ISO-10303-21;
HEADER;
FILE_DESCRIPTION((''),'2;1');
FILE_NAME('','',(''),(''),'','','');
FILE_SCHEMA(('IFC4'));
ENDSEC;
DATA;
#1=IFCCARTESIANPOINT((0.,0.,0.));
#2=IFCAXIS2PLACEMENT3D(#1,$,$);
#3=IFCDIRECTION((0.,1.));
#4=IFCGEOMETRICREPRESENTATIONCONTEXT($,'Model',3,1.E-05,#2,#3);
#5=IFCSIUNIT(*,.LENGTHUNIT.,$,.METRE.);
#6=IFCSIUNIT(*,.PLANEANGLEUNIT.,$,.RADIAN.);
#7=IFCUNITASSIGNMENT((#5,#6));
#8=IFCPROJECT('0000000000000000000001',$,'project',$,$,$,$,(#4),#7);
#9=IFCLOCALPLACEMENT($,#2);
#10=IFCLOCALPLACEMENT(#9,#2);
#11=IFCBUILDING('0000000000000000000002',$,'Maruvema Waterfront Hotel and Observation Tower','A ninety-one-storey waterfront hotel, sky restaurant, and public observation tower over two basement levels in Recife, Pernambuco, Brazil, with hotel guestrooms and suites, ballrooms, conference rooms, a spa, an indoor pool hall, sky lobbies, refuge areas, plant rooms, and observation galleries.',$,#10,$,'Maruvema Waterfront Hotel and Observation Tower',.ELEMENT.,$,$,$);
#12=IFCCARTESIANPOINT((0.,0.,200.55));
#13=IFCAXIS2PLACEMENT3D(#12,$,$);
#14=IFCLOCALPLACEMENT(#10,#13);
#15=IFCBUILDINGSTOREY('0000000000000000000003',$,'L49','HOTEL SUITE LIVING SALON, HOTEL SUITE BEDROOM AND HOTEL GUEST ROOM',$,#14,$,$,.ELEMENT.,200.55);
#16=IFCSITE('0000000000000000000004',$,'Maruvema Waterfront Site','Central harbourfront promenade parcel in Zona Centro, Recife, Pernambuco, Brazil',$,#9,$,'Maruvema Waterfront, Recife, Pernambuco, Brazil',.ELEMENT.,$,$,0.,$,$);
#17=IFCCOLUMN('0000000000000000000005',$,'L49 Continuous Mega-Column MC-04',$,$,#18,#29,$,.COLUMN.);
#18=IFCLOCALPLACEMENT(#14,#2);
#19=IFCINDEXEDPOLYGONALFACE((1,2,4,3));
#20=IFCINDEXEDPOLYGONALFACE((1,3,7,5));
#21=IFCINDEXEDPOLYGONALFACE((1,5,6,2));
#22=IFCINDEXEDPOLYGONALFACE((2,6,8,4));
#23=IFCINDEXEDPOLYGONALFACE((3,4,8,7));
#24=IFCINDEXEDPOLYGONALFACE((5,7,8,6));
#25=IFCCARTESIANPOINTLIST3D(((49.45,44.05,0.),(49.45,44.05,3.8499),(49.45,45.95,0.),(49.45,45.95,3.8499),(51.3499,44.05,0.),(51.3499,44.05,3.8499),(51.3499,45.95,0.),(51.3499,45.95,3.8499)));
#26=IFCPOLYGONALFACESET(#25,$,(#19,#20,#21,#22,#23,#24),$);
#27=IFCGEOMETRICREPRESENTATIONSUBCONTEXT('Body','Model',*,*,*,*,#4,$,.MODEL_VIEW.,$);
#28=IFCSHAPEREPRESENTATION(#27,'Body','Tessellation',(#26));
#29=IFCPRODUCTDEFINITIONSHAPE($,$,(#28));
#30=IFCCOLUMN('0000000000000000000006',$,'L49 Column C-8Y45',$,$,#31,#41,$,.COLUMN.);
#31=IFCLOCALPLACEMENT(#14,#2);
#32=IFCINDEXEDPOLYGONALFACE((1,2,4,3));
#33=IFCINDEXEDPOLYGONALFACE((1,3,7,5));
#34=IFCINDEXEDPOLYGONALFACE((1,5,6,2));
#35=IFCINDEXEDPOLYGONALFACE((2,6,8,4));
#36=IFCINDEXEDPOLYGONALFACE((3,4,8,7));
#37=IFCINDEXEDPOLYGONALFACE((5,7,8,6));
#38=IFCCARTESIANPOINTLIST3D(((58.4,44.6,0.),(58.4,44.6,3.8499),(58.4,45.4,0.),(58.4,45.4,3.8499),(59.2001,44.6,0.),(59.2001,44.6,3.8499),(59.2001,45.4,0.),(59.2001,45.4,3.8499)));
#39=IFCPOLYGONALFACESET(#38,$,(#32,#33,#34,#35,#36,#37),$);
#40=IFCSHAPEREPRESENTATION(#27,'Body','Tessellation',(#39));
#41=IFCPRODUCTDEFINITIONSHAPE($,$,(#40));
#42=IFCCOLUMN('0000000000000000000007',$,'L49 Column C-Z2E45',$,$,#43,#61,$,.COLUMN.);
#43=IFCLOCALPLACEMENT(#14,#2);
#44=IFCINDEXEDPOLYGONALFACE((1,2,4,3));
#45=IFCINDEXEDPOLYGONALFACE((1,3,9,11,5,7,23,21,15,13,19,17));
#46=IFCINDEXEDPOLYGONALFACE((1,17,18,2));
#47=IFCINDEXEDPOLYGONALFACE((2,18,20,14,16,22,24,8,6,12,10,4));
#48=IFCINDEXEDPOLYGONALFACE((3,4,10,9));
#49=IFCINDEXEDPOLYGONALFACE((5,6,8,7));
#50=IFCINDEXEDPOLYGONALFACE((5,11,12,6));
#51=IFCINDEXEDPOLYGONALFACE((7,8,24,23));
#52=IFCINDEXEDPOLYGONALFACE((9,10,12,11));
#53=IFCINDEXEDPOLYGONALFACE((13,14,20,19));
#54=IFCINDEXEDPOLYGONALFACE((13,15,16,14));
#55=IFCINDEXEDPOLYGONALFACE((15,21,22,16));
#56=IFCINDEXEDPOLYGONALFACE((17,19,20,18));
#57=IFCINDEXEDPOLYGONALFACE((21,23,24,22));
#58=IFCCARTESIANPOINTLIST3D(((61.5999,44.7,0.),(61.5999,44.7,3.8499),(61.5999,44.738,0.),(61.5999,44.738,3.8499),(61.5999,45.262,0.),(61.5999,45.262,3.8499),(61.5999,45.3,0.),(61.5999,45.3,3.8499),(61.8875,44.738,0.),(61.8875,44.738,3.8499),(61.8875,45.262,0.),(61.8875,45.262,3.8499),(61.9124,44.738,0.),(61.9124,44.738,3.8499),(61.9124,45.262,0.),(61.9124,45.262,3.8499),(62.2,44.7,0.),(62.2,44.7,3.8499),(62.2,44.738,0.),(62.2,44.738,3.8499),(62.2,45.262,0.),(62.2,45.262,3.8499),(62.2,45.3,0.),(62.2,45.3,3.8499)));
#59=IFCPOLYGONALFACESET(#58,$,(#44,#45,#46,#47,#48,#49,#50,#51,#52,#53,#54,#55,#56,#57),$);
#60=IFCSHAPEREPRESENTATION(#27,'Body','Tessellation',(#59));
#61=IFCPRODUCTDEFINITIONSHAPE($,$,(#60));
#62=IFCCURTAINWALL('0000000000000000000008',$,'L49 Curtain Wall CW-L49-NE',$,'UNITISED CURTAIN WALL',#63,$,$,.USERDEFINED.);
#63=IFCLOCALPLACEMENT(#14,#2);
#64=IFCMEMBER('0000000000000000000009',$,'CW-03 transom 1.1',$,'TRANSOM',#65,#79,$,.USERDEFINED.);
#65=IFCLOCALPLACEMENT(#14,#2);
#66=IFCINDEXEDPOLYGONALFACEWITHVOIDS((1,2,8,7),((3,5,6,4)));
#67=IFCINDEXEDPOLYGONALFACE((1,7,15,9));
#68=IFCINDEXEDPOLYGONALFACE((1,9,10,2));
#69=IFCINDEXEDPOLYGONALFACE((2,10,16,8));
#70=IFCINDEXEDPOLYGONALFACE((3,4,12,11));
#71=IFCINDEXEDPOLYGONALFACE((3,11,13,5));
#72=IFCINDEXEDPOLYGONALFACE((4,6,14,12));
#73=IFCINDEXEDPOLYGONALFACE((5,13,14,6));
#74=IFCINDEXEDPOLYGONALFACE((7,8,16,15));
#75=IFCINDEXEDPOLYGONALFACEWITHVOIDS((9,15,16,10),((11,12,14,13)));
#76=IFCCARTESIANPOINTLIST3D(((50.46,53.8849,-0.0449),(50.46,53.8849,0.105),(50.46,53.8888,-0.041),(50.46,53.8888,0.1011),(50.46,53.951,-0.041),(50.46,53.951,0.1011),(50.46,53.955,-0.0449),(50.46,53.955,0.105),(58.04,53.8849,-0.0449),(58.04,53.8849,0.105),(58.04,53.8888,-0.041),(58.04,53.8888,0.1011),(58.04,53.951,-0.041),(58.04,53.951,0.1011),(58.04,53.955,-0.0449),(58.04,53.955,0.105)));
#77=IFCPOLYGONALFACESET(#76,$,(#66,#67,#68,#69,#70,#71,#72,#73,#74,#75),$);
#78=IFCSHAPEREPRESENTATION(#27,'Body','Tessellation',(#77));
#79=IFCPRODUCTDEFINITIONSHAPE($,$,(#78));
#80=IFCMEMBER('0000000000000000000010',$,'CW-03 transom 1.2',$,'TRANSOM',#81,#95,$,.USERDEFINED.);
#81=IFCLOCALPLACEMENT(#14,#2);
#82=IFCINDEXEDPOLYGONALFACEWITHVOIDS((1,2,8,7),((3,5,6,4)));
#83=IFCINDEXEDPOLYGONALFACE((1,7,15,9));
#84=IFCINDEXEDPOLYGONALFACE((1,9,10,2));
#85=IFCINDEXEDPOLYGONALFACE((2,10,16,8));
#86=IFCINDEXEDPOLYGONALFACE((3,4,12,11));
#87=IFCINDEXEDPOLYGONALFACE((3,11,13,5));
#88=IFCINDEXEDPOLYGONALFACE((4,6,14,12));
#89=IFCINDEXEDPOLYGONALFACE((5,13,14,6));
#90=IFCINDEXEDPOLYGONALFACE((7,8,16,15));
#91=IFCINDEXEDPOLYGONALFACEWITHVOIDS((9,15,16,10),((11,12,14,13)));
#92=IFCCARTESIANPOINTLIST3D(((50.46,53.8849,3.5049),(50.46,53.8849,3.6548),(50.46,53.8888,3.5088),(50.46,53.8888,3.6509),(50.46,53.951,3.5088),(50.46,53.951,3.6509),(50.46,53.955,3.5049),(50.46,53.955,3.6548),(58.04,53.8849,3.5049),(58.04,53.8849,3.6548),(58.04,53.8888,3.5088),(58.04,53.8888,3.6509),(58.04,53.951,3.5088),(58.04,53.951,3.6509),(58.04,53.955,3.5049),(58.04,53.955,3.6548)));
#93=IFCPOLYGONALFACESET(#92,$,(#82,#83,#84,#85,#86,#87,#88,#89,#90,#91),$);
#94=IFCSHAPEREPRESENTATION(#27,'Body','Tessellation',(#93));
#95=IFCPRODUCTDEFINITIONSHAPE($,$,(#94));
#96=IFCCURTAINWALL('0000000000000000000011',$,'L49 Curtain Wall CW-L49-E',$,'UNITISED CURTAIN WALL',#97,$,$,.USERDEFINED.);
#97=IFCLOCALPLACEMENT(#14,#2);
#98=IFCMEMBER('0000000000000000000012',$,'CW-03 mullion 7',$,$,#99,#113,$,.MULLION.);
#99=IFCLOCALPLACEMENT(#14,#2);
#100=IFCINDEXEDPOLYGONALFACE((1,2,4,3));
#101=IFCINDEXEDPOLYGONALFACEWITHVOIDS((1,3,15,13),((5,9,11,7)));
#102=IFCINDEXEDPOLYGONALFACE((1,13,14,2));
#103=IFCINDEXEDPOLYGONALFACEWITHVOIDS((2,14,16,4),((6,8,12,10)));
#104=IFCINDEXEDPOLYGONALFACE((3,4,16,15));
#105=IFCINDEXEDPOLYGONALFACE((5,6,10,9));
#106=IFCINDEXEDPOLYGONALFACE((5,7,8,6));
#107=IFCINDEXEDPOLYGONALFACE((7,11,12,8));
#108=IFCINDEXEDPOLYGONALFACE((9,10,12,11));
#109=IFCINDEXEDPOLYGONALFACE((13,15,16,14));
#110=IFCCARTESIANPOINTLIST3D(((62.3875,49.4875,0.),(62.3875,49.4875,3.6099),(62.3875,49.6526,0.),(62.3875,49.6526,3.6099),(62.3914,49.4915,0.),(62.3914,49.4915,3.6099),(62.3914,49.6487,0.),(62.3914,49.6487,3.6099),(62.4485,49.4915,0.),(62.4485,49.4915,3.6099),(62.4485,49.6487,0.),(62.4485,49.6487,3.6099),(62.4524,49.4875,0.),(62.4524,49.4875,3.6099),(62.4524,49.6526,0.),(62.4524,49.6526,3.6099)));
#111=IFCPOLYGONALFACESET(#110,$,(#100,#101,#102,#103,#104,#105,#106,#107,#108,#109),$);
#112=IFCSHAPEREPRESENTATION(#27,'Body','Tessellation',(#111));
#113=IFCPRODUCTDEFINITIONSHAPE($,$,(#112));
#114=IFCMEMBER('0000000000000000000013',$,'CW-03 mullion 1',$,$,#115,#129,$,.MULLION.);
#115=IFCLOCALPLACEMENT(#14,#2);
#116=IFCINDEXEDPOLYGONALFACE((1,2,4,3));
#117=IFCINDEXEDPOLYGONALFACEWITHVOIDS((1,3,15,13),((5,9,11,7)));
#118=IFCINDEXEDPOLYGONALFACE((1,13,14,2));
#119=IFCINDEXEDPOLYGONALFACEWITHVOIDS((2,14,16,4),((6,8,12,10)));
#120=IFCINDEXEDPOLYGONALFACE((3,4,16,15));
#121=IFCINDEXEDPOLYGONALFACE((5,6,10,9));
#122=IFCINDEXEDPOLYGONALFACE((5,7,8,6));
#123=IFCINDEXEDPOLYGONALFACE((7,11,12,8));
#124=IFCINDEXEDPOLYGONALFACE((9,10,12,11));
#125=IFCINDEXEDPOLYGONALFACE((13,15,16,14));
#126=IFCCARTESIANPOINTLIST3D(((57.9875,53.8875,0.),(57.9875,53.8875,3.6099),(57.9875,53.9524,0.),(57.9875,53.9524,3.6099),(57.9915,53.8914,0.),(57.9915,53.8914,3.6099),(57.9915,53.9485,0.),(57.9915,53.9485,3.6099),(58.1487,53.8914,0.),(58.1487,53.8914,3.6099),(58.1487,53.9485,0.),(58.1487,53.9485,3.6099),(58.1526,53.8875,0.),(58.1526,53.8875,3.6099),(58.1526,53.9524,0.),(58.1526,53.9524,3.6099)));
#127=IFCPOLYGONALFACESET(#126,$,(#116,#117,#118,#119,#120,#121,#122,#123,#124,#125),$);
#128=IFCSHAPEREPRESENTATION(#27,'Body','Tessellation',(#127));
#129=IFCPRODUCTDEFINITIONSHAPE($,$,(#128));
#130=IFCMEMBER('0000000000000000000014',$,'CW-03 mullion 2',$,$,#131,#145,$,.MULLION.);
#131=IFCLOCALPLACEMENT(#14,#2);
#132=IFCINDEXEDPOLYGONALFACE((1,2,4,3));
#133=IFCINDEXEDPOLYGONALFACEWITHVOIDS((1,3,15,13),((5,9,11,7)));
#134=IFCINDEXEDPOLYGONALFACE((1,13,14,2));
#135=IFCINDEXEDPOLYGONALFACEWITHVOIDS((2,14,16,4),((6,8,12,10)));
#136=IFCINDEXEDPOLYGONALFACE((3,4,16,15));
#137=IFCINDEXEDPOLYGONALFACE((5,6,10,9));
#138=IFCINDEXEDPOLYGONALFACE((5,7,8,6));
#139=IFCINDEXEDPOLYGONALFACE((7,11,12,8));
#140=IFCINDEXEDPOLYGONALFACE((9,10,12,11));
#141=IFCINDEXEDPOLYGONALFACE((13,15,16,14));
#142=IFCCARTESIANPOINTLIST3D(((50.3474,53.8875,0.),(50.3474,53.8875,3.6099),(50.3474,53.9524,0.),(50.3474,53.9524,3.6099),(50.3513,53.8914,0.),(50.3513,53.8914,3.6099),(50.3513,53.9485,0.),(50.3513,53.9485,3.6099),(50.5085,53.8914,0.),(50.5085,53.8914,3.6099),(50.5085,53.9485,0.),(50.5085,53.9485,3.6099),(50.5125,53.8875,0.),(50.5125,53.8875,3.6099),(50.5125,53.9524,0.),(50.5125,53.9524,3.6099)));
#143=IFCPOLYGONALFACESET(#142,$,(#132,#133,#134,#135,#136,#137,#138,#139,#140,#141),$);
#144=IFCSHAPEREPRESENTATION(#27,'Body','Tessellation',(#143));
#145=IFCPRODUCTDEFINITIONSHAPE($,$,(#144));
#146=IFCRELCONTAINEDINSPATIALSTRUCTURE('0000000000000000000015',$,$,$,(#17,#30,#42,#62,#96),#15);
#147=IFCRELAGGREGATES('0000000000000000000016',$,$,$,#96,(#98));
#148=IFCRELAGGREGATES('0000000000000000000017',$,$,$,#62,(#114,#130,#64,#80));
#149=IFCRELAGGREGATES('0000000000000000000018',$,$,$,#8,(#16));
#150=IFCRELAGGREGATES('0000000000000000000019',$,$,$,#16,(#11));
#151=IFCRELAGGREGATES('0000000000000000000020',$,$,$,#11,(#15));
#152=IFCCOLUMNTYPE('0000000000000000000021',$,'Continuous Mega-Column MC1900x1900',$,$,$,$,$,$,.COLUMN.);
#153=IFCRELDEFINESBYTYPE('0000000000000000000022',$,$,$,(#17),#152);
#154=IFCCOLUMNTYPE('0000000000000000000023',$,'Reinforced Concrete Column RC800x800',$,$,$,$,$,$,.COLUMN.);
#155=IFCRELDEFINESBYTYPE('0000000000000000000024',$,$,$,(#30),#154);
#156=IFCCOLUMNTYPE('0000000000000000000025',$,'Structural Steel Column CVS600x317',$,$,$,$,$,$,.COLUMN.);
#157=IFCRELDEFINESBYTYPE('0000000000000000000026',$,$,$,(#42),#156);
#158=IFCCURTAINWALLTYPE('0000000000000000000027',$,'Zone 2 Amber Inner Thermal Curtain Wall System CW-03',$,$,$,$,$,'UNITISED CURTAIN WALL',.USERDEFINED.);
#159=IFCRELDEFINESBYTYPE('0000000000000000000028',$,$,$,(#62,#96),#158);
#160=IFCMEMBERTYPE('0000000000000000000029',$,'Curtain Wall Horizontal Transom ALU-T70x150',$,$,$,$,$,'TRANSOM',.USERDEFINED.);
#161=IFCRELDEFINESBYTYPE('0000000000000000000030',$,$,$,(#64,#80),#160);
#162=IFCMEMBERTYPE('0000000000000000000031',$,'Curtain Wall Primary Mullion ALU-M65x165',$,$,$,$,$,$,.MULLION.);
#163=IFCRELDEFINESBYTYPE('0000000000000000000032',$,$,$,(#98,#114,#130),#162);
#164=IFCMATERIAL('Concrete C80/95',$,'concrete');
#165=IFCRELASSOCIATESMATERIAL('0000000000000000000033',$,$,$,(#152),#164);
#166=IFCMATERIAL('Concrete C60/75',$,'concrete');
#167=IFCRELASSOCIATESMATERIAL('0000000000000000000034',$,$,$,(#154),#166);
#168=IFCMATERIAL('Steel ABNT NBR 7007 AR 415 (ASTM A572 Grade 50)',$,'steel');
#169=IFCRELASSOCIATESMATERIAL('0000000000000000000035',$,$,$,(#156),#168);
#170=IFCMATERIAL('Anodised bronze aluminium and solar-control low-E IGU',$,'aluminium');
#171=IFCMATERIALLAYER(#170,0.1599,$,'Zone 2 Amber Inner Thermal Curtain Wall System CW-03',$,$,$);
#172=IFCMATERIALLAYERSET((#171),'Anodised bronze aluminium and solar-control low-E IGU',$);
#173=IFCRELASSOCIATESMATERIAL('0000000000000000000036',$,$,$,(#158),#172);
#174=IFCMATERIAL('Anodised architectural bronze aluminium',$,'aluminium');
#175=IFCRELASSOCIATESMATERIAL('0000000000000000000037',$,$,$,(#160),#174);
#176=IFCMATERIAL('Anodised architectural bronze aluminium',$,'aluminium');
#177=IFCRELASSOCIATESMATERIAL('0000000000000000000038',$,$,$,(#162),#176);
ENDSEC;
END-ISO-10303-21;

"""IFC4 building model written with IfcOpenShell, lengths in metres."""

from ifc_helpers import new_model, si_unit, direction, frame, origin, origin_2d, place, context, subcontext, project, spatial, rectangle, hollow_rectangle, i_section, extrude, material, layer, layer_set, material_profile, profile_set, type_object, element, aggregate, save


model = new_model("IFC4")

# Units and contexts
model_context = context("Model", 3, precision=1e-05, world=origin(), true_north=direction((0.0, 1.0)))
body_context = subcontext(model_context, "Body", "Model", "MODEL_VIEW")
ifc_project = project(units=[si_unit("LENGTHUNIT", "METRE"), si_unit("PLANEANGLEUNIT", "RADIAN")], contexts=[model_context])

# Site, building, storey
site_placement = place(None, origin())
site = spatial("IfcSite", under=ifc_project, at=site_placement, Name="Maruvema Waterfront Site", Description="Central harbourfront promenade parcel in Zona Centro, Recife, Pernambuco, Brazil", LongName="Maruvema Waterfront, Recife, Pernambuco, Brazil", CompositionType="ELEMENT", RefElevation=0.0)
building_placement = place(site_placement, origin())
building = spatial("IfcBuilding", under=site, at=building_placement, Name="Maruvema Waterfront Hotel and Observation Tower", Description="A ninety-one-storey waterfront hotel, sky restaurant, and public observation tower over two basement levels in Recife, Pernambuco, Brazil, with hotel guestrooms and suites, ballrooms, conference rooms, a spa, an indoor pool hall, sky lobbies, refuge areas, plant rooms, and observation galleries.", LongName="Maruvema Waterfront Hotel and Observation Tower", CompositionType="ELEMENT")
storey_placement = place(building_placement, frame((0.0, 0.0, 200.55)))
storey = spatial("IfcBuildingStorey", under=building, at=storey_placement, Name="L49", Description="HOTEL SUITE LIVING SALON, HOTEL SUITE BEDROOM AND HOTEL GUEST ROOM", CompositionType="ELEMENT", Elevation=200.55)

# Columns
ifc_material_1 = material(Name="Concrete C80/95", Category="concrete")
ifc_material_profile_1 = material_profile(ifc_material_1, rectangle(XDim=1.8999, YDim=1.8999, at=origin_2d()), Name="MC1900x1900")
ifc_profile_set_1 = profile_set([ifc_material_profile_1], Name="Concrete C80/95")
column_type_1 = type_object("IfcColumnType", Name="Continuous Mega-Column MC1900x1900", PredefinedType="COLUMN", material=ifc_profile_set_1)
column_1_placement = place(storey_placement, frame((50.3999, 45.0, 0.0), z_axis=(0.0, 0.0, 1.0), x_axis=(1.0, 0.0, 0.0)))
element("IfcColumn", 1, at=column_1_placement, inside=storey, type_object=column_type_1, Name="L49 Continuous Mega-Column MC-04", PredefinedType="COLUMN", context=body_context, shape_type="SweptSolid", body=[
    extrude(rectangle(XDim=1.8999, YDim=1.8999, at=origin_2d()), origin(), (0.0, 0.0, 1.0), 3.8499),
])
ifc_material_2 = material(Name="Concrete C60/75", Category="concrete")
ifc_material_profile_2 = material_profile(ifc_material_2, rectangle(XDim=0.8, YDim=0.8, at=origin_2d()), Name="RC800x800")
ifc_profile_set_2 = profile_set([ifc_material_profile_2], Name="Concrete C60/75")
column_type_2 = type_object("IfcColumnType", Name="Reinforced Concrete Column RC800x800", PredefinedType="COLUMN", material=ifc_profile_set_2)
column_2_placement = place(storey_placement, frame((58.8, 45.0, 0.0), z_axis=(0.0, 0.0, 1.0), x_axis=(1.0, 0.0, 0.0)))
element("IfcColumn", 2, at=column_2_placement, inside=storey, type_object=column_type_2, Name="L49 Column C-8Y45", PredefinedType="COLUMN", context=body_context, shape_type="SweptSolid", body=[
    extrude(rectangle(XDim=0.8, YDim=0.8, at=origin_2d()), origin(), (0.0, 0.0, 1.0), 3.8499),
])
ifc_material_3 = material(Name="Steel ABNT NBR 7007 AR 415 (ASTM A572 Grade 50)", Category="steel")
ifc_material_profile_3 = material_profile(ifc_material_3, i_section(OverallWidth=0.6001, OverallDepth=0.6001, WebThickness=0.0249, FlangeThickness=0.0381, at=origin_2d()), Name="CVS600x317")
ifc_profile_set_3 = profile_set([ifc_material_profile_3], Name="Steel ABNT NBR 7007 AR 415 (ASTM A572 Grade 50)")
column_type_3 = type_object("IfcColumnType", Name="Structural Steel Column CVS600x317", PredefinedType="COLUMN", material=ifc_profile_set_3)
column_3_placement = place(storey_placement, frame((61.8999, 45.0, 0.0), z_axis=(0.0, 0.0, 1.0), x_axis=(1.0, 0.0, 0.0)))
element("IfcColumn", 3, at=column_3_placement, inside=storey, type_object=column_type_3, Name="L49 Column C-Z2E45", PredefinedType="COLUMN", context=body_context, shape_type="SweptSolid", body=[
    extrude(i_section(OverallWidth=0.6001, OverallDepth=0.6001, WebThickness=0.0249, FlangeThickness=0.0381, at=origin_2d()), origin(), (0.0, 0.0, 1.0), 3.8499),
])

# Curtain wall, members
ifc_material_4 = material(Name="Anodised bronze aluminium and solar-control low-E IGU", Category="aluminium")
ifc_layer_1 = layer(ifc_material_4, 0.1599, Name="Zone 2 Amber Inner Thermal Curtain Wall System CW-03")
ifc_layer_set_1 = layer_set([ifc_layer_1], Name="Anodised bronze aluminium and solar-control low-E IGU")
curtain_wall_type = type_object("IfcCurtainWallType", Name="Zone 2 Amber Inner Thermal Curtain Wall System CW-03", ElementType="UNITISED CURTAIN WALL", PredefinedType="USERDEFINED", material=ifc_layer_set_1)
curtain_wall_1_placement = place(storey_placement, origin())
curtain_wall_1 = element("IfcCurtainWall", 4, at=curtain_wall_1_placement, inside=storey, type_object=curtain_wall_type, Name="L49 Curtain Wall CW-L49-NE", ObjectType="UNITISED CURTAIN WALL", PredefinedType="USERDEFINED")
ifc_material_5 = material(Name="Anodised architectural bronze aluminium", Category="aluminium")
ifc_material_profile_4 = material_profile(ifc_material_5, hollow_rectangle(XDim=0.0701, YDim=0.1499, WallThickness=0.0039, at=origin_2d()), Name="ALU-T70x150")
ifc_profile_set_4 = profile_set([ifc_material_profile_4], Name="Anodised architectural bronze aluminium")
member_type_1 = type_object("IfcMemberType", Name="Curtain Wall Horizontal Transom ALU-T70x150", ElementType="TRANSOM", PredefinedType="USERDEFINED", material=ifc_profile_set_4)
member_1_placement = place(storey_placement, frame((58.04, 53.9199, 0.03), z_axis=(-1.0, 0.0, 0.0), x_axis=(0.0, -1.0, 0.0)))
member_1 = element("IfcMember", 5, at=member_1_placement, type_object=member_type_1, Name="CW-03 transom 1.1", ObjectType="TRANSOM", PredefinedType="USERDEFINED", context=body_context, shape_type="SweptSolid", body=[
    extrude(hollow_rectangle(XDim=0.0701, YDim=0.1499, WallThickness=0.0039, at=origin_2d()), origin(), (0.0, 0.0, 1.0), 7.5801),
])
member_2_placement = place(storey_placement, frame((58.04, 53.9199, 3.5798), z_axis=(-1.0, 0.0, 0.0), x_axis=(0.0, -1.0, 0.0)))
member_2 = element("IfcMember", 6, at=member_2_placement, type_object=member_type_1, Name="CW-03 transom 1.2", ObjectType="TRANSOM", PredefinedType="USERDEFINED", context=body_context, shape_type="SweptSolid", body=[
    extrude(hollow_rectangle(XDim=0.0701, YDim=0.1499, WallThickness=0.0039, at=origin_2d()), origin(), (0.0, 0.0, 1.0), 7.5801),
])

# Curtain wall, member
curtain_wall_2_placement = place(storey_placement, origin())
curtain_wall_2 = element("IfcCurtainWall", 7, at=curtain_wall_2_placement, inside=storey, type_object=curtain_wall_type, Name="L49 Curtain Wall CW-L49-E", ObjectType="UNITISED CURTAIN WALL", PredefinedType="USERDEFINED")
ifc_material_6 = material(Name="Anodised architectural bronze aluminium", Category="aluminium")
ifc_material_profile_5 = material_profile(ifc_material_6, hollow_rectangle(XDim=0.0649, YDim=0.165, WallThickness=0.0039, at=origin_2d()), Name="ALU-M65x165")
ifc_profile_set_5 = profile_set([ifc_material_profile_5], Name="Anodised architectural bronze aluminium")
member_type_2 = type_object("IfcMemberType", Name="Curtain Wall Primary Mullion ALU-M65x165", PredefinedType="MULLION", material=ifc_profile_set_5)
member_3_placement = place(storey_placement, frame((62.4199, 49.5701, 0.0), z_axis=(0.0, 0.0, 1.0), x_axis=(-1.0, 0.0, 0.0)))
member_3 = element("IfcMember", 8, at=member_3_placement, type_object=member_type_2, Name="CW-03 mullion 7", PredefinedType="MULLION", context=body_context, shape_type="SweptSolid", body=[
    extrude(hollow_rectangle(XDim=0.0649, YDim=0.165, WallThickness=0.0039, at=origin_2d()), origin(), (0.0, 0.0, 1.0), 3.6099),
])

# Members
member_4_placement = place(storey_placement, frame((58.0701, 53.9199, 0.0), z_axis=(0.0, 0.0, 1.0), x_axis=(0.0, -1.0, 0.0)))
member_4 = element("IfcMember", 9, at=member_4_placement, type_object=member_type_2, Name="CW-03 mullion 1", PredefinedType="MULLION", context=body_context, shape_type="SweptSolid", body=[
    extrude(hollow_rectangle(XDim=0.0649, YDim=0.165, WallThickness=0.0039, at=origin_2d()), origin(), (0.0, 0.0, 1.0), 3.6099),
])
member_5_placement = place(storey_placement, frame((50.4299, 53.9199, 0.0), z_axis=(0.0, 0.0, 1.0), x_axis=(0.0, -1.0, 0.0)))
member_5 = element("IfcMember", 10, at=member_5_placement, type_object=member_type_2, Name="CW-03 mullion 2", PredefinedType="MULLION", context=body_context, shape_type="SweptSolid", body=[
    extrude(hollow_rectangle(XDim=0.0649, YDim=0.165, WallThickness=0.0039, at=origin_2d()), origin(), (0.0, 0.0, 1.0), 3.6099),
])

aggregate(curtain_wall_2, [member_3])
aggregate(curtain_wall_1, [member_4, member_5, member_1, member_2])

save(model, "model.ifc")
